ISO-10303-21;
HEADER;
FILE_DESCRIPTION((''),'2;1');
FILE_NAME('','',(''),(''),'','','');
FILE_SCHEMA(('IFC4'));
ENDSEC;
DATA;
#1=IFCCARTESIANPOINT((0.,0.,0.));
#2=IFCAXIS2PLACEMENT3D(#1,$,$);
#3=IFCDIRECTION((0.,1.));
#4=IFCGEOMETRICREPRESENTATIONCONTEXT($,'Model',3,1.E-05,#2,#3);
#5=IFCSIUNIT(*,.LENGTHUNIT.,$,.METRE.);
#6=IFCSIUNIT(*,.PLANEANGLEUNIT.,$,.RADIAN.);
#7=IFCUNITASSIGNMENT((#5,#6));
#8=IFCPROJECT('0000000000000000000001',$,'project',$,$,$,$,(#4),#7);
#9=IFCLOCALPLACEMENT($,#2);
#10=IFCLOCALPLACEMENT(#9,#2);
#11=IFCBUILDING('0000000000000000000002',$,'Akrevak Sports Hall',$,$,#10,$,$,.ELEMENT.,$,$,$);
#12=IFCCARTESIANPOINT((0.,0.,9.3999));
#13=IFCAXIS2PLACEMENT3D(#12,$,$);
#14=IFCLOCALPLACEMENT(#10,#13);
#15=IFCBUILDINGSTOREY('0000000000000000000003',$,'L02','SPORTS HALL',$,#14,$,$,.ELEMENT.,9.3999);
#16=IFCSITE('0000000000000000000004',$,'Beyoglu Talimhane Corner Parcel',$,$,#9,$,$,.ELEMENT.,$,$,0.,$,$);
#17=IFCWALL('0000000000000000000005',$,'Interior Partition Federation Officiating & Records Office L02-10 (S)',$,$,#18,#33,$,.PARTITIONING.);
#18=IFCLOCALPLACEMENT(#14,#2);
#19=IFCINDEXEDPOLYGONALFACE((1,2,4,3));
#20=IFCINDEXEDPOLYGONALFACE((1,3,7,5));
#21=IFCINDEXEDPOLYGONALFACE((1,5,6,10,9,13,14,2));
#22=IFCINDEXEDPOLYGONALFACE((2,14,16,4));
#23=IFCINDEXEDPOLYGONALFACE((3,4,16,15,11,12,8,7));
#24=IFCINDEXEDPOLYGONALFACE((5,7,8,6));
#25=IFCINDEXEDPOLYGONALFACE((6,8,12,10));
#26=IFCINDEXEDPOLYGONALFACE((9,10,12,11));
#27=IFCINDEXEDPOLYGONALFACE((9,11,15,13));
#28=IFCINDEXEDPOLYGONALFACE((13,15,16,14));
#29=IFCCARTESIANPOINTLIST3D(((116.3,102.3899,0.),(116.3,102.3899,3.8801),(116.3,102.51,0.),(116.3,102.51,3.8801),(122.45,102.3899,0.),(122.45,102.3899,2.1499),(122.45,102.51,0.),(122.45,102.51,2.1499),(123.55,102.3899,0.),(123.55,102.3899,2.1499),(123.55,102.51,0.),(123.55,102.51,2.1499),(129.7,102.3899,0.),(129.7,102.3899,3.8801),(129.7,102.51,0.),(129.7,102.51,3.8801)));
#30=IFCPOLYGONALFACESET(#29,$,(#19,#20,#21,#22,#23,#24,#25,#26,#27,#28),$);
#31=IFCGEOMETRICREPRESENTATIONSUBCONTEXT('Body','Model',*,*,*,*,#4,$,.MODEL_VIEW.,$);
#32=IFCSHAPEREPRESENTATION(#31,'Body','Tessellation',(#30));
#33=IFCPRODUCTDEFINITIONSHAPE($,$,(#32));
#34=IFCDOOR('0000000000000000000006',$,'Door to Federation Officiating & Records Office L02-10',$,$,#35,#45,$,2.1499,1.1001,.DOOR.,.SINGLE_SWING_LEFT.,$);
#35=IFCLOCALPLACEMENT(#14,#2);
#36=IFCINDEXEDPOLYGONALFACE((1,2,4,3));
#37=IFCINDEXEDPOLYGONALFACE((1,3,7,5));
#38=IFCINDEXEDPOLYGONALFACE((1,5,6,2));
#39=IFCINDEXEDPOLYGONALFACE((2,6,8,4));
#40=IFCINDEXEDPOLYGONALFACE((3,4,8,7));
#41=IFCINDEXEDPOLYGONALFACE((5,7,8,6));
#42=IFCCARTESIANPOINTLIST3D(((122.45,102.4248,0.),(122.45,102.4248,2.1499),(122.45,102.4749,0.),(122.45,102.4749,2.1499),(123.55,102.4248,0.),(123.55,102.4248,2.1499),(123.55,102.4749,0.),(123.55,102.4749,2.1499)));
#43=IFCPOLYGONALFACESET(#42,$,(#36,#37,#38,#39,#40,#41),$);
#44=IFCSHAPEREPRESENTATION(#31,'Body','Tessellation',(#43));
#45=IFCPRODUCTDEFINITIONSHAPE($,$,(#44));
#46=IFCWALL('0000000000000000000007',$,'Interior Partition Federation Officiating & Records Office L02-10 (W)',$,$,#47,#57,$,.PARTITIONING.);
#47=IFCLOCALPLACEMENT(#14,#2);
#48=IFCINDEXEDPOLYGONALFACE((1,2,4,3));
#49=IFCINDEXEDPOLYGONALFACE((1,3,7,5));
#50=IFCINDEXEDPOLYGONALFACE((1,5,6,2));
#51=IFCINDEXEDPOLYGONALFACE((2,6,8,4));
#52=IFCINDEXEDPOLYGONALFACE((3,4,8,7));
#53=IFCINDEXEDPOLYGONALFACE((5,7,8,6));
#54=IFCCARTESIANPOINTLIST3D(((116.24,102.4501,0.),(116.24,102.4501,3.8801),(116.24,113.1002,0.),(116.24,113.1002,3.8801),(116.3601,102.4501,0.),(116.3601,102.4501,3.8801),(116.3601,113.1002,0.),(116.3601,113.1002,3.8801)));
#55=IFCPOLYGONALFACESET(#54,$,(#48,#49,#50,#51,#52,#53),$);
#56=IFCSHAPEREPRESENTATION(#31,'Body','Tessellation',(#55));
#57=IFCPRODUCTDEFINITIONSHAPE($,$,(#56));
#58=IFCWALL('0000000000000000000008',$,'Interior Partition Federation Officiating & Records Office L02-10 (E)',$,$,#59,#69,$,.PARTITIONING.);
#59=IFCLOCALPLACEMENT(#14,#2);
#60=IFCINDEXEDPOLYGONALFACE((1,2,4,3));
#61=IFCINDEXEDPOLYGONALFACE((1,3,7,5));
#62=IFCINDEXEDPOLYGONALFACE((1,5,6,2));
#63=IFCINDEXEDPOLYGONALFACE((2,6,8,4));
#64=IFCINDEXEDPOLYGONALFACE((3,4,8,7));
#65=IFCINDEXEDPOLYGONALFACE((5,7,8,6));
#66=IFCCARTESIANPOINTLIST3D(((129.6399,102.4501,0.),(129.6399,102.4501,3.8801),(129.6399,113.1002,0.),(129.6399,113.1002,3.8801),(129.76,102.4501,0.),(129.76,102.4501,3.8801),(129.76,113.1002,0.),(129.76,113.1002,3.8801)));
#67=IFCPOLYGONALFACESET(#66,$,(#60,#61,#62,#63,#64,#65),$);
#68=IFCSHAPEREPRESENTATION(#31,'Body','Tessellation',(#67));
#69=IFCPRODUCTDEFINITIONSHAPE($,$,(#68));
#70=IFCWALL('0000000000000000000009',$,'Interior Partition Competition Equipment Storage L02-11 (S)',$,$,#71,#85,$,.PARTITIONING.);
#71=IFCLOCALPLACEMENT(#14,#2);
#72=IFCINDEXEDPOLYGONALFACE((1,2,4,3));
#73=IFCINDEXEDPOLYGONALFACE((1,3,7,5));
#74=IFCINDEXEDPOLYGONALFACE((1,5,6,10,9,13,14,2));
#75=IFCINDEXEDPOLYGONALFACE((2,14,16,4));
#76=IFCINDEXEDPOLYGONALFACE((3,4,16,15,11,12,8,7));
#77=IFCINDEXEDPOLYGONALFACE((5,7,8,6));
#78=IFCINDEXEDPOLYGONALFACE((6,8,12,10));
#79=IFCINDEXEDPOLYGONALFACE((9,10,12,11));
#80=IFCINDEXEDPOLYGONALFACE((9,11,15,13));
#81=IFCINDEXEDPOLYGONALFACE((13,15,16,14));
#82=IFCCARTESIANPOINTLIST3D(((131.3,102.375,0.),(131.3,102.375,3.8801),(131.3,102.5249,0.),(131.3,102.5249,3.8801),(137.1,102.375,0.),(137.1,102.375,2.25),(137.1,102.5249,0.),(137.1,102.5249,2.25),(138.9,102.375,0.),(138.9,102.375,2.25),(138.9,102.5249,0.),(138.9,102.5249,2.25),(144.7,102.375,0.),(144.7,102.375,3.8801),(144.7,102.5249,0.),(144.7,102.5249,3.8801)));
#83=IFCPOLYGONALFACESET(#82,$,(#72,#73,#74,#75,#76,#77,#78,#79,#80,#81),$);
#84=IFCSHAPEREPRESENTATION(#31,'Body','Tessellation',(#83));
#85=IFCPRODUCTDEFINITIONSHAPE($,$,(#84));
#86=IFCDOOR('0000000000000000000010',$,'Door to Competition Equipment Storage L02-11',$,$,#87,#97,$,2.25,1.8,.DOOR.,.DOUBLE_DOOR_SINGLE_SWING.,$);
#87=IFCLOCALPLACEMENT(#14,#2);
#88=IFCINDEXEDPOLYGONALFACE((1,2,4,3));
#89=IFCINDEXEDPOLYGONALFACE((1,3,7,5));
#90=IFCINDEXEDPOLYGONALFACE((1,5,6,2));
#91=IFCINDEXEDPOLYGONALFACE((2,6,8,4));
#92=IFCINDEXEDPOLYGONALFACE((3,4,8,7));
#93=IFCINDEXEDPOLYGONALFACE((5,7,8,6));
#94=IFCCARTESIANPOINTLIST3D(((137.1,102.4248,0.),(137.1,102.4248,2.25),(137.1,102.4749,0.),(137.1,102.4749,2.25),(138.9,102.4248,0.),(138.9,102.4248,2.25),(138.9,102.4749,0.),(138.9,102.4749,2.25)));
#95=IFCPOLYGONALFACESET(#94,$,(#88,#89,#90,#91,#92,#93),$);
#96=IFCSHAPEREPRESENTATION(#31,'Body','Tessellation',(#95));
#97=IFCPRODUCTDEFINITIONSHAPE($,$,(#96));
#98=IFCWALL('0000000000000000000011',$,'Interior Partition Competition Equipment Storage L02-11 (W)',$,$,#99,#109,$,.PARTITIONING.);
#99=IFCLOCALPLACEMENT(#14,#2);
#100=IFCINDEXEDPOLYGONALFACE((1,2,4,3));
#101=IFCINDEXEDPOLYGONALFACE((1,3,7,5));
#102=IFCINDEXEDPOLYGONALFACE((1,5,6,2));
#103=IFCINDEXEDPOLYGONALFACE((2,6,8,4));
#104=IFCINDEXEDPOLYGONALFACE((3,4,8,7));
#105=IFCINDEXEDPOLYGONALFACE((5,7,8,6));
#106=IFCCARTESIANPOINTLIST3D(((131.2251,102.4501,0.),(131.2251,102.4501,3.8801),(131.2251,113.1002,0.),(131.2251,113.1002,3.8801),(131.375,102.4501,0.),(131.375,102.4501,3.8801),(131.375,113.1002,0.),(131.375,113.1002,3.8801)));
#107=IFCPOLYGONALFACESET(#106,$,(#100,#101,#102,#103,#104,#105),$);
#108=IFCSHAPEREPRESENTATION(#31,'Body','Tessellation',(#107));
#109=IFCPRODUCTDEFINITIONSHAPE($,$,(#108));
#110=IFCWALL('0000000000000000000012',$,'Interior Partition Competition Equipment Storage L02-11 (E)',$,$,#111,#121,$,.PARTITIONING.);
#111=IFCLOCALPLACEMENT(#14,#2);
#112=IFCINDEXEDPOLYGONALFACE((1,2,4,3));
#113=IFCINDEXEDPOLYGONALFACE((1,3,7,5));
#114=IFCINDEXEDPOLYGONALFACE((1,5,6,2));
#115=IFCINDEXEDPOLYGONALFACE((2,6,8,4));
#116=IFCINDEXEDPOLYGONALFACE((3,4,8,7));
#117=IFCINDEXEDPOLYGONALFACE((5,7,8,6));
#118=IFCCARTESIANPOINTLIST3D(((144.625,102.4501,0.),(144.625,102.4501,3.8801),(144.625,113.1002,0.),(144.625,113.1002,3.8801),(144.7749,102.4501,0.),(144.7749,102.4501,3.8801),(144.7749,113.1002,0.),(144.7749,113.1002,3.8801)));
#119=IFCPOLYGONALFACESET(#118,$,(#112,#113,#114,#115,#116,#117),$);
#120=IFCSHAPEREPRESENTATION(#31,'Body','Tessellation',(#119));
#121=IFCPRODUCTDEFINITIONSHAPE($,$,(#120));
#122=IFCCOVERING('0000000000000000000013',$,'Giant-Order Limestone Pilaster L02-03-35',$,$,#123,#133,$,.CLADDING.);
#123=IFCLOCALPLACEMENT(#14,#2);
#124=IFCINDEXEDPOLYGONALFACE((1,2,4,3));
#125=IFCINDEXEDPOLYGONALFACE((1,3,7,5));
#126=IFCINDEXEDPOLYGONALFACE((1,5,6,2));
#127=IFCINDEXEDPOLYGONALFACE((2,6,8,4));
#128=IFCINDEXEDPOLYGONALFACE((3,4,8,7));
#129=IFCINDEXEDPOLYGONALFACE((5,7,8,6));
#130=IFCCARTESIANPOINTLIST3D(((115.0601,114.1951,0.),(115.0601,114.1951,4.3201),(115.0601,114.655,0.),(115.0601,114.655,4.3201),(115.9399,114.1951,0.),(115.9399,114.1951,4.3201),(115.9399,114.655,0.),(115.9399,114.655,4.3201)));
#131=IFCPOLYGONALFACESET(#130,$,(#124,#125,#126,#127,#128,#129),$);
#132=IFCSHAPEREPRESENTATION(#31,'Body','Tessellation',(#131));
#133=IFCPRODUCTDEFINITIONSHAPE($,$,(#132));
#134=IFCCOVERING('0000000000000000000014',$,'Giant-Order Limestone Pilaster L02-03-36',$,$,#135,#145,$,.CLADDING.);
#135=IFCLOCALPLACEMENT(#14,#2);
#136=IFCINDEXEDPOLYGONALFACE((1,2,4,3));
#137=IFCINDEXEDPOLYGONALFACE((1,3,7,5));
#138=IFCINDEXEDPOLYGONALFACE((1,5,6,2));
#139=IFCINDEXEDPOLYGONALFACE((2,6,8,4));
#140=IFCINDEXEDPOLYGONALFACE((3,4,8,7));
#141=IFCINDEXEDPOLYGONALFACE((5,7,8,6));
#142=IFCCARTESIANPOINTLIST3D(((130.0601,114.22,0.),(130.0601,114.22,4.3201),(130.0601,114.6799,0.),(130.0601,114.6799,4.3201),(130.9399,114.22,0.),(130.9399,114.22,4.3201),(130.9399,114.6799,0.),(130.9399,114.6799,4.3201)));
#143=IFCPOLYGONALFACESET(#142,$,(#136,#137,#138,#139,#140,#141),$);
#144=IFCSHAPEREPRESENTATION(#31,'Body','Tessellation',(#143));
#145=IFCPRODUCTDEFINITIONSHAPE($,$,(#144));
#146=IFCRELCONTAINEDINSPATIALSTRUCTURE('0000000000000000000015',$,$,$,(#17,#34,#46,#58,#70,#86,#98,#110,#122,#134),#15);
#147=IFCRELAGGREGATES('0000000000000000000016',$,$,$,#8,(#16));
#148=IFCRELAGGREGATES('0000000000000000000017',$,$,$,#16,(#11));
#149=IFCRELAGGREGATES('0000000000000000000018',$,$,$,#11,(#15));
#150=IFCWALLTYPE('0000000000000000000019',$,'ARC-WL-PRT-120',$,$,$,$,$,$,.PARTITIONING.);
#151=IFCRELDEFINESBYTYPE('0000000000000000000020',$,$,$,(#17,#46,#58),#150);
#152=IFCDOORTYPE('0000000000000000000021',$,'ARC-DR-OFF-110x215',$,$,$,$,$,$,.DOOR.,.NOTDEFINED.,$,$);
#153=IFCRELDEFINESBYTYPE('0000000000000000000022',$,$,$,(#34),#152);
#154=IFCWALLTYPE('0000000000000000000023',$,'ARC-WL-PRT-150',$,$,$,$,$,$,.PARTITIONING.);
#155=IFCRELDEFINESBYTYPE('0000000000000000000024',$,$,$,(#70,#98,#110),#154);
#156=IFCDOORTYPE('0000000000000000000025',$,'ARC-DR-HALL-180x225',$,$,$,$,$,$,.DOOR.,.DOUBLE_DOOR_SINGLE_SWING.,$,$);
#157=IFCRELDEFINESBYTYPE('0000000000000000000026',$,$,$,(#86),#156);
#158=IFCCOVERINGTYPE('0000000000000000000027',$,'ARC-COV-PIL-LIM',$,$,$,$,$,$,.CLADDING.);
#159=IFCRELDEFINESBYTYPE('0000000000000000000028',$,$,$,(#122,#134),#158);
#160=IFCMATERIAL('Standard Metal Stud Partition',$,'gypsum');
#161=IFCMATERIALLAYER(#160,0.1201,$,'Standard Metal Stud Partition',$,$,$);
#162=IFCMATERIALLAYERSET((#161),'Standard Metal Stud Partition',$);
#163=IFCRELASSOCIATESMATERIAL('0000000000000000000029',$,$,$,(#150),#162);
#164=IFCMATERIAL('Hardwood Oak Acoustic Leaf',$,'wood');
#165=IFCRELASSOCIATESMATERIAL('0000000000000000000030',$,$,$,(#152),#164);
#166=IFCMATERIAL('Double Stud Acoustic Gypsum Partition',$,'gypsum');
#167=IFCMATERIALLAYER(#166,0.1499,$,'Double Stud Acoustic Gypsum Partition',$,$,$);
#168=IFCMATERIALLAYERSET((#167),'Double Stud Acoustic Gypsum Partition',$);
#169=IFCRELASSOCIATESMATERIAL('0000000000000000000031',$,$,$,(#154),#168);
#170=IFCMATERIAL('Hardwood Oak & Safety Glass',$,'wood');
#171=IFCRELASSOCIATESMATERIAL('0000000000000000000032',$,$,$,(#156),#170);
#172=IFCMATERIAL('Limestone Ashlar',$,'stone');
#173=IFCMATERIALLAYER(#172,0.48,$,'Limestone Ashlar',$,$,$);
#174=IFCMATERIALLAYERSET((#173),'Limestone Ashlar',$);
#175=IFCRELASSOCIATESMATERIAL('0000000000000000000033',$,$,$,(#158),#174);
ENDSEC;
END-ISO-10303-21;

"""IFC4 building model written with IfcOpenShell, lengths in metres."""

from ifc_helpers import new_model, si_unit, direction, frame, frame_2d, origin, origin_2d, place, context, subcontext, project, spatial, rectangle, extrude, material, layer, layer_set, type_object, element, fill, save


model = new_model("IFC4")

# Units and contexts
model_context = context("Model", 3, precision=1e-05, world=origin(), true_north=direction((0.0, 1.0)))
body_context = subcontext(model_context, "Body", "Model", "MODEL_VIEW")
ifc_project = project(units=[si_unit("LENGTHUNIT", "METRE"), si_unit("PLANEANGLEUNIT", "RADIAN")], contexts=[model_context])

# Site, building, storey
site_placement = place(None, origin())
site = spatial("IfcSite", under=ifc_project, at=site_placement, Name="Beyoglu Talimhane Corner Parcel", CompositionType="ELEMENT", RefElevation=0.0)
building_placement = place(site_placement, origin())
building = spatial("IfcBuilding", under=site, at=building_placement, Name="Akrevak Sports Hall", CompositionType="ELEMENT")
storey_placement = place(building_placement, frame((0.0, 0.0, 9.3999)))
storey = spatial("IfcBuildingStorey", under=building, at=storey_placement, Name="L02", Description="SPORTS HALL", CompositionType="ELEMENT", Elevation=9.3999)

# Shared definitions
ifc_material_1 = material(Name="Limestone Ashlar", Category="stone")

# Wall, opening, door
ifc_material_2 = material(Name="Standard Metal Stud Partition", Category="gypsum")
ifc_layer_1 = layer(ifc_material_2, 0.1201, Name="Standard Metal Stud Partition")
ifc_layer_set_1 = layer_set([ifc_layer_1], Name="Standard Metal Stud Partition")
wall_type_1 = type_object("IfcWallType", Name="ARC-WL-PRT-120", PredefinedType="PARTITIONING", material=ifc_layer_set_1)
wall_1_placement = place(storey_placement, frame((116.3, 102.45, 0.0), z_axis=(0.0, 0.0, 1.0), x_axis=(1.0, 0.0, 0.0)))
wall_1 = element("IfcWall", 1, at=wall_1_placement, inside=storey, type_object=wall_type_1, Name="Interior Partition Federation Officiating & Records Office L02-10 (S)", PredefinedType="PARTITIONING", context=body_context, shape_type="SweptSolid", body=[
    extrude(rectangle(XDim=13.3999, YDim=0.1201, at=frame_2d((6.7, 0.0))), origin(), (0.0, 0.0, 1.0), 3.8801),
])
opening_1_placement = place(wall_1_placement, frame((6.1499, 0.0, 0.0)))
opening_1 = element("IfcOpeningElement", 2, at=opening_1_placement, cuts=wall_1, PredefinedType="OPENING", context=body_context, shape_type="SweptSolid", body=[
    extrude(rectangle(XDim=1.1001, YDim=2.1499, at=frame_2d((0.55, 1.075))), frame((0.0, 0.072, 0.0), z_axis=(0.0, -1.0, 0.0), x_axis=(1.0, 0.0, 0.0)), (0.0, 0.0, 1.0), 0.144),
])
ifc_material_3 = material(Name="Hardwood Oak Acoustic Leaf", Category="wood")
door_type_1 = type_object("IfcDoorType", Name="ARC-DR-OFF-110x215", OperationType="NOTDEFINED", PredefinedType="DOOR", material=ifc_material_3)
door_1_placement = place(opening_1_placement, origin())
door_1 = element("IfcDoor", 3, at=door_1_placement, inside=storey, type_object=door_type_1, Name="Door to Federation Officiating & Records Office L02-10", OperationType="SINGLE_SWING_LEFT", OverallHeight=2.1499, OverallWidth=1.1001, PredefinedType="DOOR", context=body_context, shape_type="SweptSolid", body=[
    extrude(rectangle(XDim=1.1001, YDim=2.1499, at=frame_2d((0.55, 1.075))), frame((0.0, 0.0249, 0.0), z_axis=(0.0, -1.0, 0.0), x_axis=(1.0, 0.0, 0.0)), (0.0, 0.0, 1.0), 0.05),
])
fill(opening_1, door_1)

# Walls
for number, where, z_axis, x_axis, name in (
    (4, (116.3, 102.45, 0.0), (0.0, 0.0, 1.0), (0.0, 1.0, 0.0), "Interior Partition Federation Officiating & Records Office L02-10 (W)"),
    (5, (129.7, 102.45, 0.0), (0.0, 0.0, 1.0), (0.0, 1.0, 0.0), "Interior Partition Federation Officiating & Records Office L02-10 (E)"),
):
    element("IfcWall", number, at=place(storey_placement, frame(where, z_axis=z_axis, x_axis=x_axis)), inside=storey, type_object=wall_type_1, Name=name, PredefinedType="PARTITIONING", context=body_context, shape_type="SweptSolid", body=[
        extrude(rectangle(XDim=10.6501, YDim=0.1201, at=frame_2d((5.3252, 0.0))), origin(), (0.0, 0.0, 1.0), 3.8801),
    ])

# Wall, opening, door
ifc_material_4 = material(Name="Double Stud Acoustic Gypsum Partition", Category="gypsum")
ifc_layer_2 = layer(ifc_material_4, 0.1499, Name="Double Stud Acoustic Gypsum Partition")
ifc_layer_set_2 = layer_set([ifc_layer_2], Name="Double Stud Acoustic Gypsum Partition")
wall_type_2 = type_object("IfcWallType", Name="ARC-WL-PRT-150", PredefinedType="PARTITIONING", material=ifc_layer_set_2)
wall_2_placement = place(storey_placement, frame((131.3, 102.45, 0.0), z_axis=(0.0, 0.0, 1.0), x_axis=(1.0, 0.0, 0.0)))
wall_2 = element("IfcWall", 6, at=wall_2_placement, inside=storey, type_object=wall_type_2, Name="Interior Partition Competition Equipment Storage L02-11 (S)", PredefinedType="PARTITIONING", context=body_context, shape_type="SweptSolid", body=[
    extrude(rectangle(XDim=13.3999, YDim=0.1499, at=frame_2d((6.7, 0.0))), origin(), (0.0, 0.0, 1.0), 3.8801),
])
opening_2_placement = place(wall_2_placement, frame((5.8, 0.0, 0.0)))
opening_2 = element("IfcOpeningElement", 7, at=opening_2_placement, cuts=wall_2, PredefinedType="OPENING", context=body_context, shape_type="SweptSolid", body=[
    extrude(rectangle(XDim=1.8, YDim=2.25, at=frame_2d((0.8999, 1.125))), frame((0.0, 0.0869, 0.0), z_axis=(0.0, -1.0, 0.0), x_axis=(1.0, 0.0, 0.0)), (0.0, 0.0, 1.0), 0.1738),
])
ifc_material_5 = material(Name="Hardwood Oak & Safety Glass", Category="wood")
door_type_2 = type_object("IfcDoorType", Name="ARC-DR-HALL-180x225", OperationType="DOUBLE_DOOR_SINGLE_SWING", PredefinedType="DOOR", material=ifc_material_5)
door_2_placement = place(opening_2_placement, origin())
door_2 = element("IfcDoor", 8, at=door_2_placement, inside=storey, type_object=door_type_2, Name="Door to Competition Equipment Storage L02-11", OperationType="DOUBLE_DOOR_SINGLE_SWING", OverallHeight=2.25, OverallWidth=1.8, PredefinedType="DOOR", context=body_context, shape_type="SweptSolid", body=[
    extrude(rectangle(XDim=1.8, YDim=2.25, at=frame_2d((0.8999, 1.125))), frame((0.0, 0.0249, 0.0), z_axis=(0.0, -1.0, 0.0), x_axis=(1.0, 0.0, 0.0)), (0.0, 0.0, 1.0), 0.05),
])
fill(opening_2, door_2)

# Walls
for number, where, z_axis, x_axis, name in (
    (9, (131.3, 102.45, 0.0), (0.0, 0.0, 1.0), (0.0, 1.0, 0.0), "Interior Partition Competition Equipment Storage L02-11 (W)"),
    (10, (144.7, 102.45, 0.0), (0.0, 0.0, 1.0), (0.0, 1.0, 0.0), "Interior Partition Competition Equipment Storage L02-11 (E)"),
):
    element("IfcWall", number, at=place(storey_placement, frame(where, z_axis=z_axis, x_axis=x_axis)), inside=storey, type_object=wall_type_2, Name=name, PredefinedType="PARTITIONING", context=body_context, shape_type="SweptSolid", body=[
        extrude(rectangle(XDim=10.6501, YDim=0.1499, at=frame_2d((5.3252, 0.0))), origin(), (0.0, 0.0, 1.0), 3.8801),
    ])

# Coverings
ifc_layer_3 = layer(ifc_material_1, 0.48, Name="Limestone Ashlar")
ifc_layer_set_3 = layer_set([ifc_layer_3], Name="Limestone Ashlar")
covering_type = type_object("IfcCoveringType", Name="ARC-COV-PIL-LIM", PredefinedType="CLADDING", material=ifc_layer_set_3)
for number, where, z_axis, x_axis, name in (
    (11, (115.5, 114.425, 0.0), (0.0, 0.0, 1.0), (-1.0, 0.0, 0.0), "Giant-Order Limestone Pilaster L02-03-35"),
    (12, (130.5, 114.45, 0.0), (0.0, 0.0, 1.0), (-1.0, 0.0, 0.0), "Giant-Order Limestone Pilaster L02-03-36"),
):
    element("IfcCovering", number, at=place(storey_placement, frame(where, z_axis=z_axis, x_axis=x_axis)), inside=storey, type_object=covering_type, Name=name, PredefinedType="CLADDING", context=body_context, shape_type="SweptSolid", body=[
        extrude(rectangle(XDim=0.8799, YDim=0.46, at=origin_2d()), origin(), (0.0, 0.0, 1.0), 4.3201),
    ])

save(model, "model.ifc")
